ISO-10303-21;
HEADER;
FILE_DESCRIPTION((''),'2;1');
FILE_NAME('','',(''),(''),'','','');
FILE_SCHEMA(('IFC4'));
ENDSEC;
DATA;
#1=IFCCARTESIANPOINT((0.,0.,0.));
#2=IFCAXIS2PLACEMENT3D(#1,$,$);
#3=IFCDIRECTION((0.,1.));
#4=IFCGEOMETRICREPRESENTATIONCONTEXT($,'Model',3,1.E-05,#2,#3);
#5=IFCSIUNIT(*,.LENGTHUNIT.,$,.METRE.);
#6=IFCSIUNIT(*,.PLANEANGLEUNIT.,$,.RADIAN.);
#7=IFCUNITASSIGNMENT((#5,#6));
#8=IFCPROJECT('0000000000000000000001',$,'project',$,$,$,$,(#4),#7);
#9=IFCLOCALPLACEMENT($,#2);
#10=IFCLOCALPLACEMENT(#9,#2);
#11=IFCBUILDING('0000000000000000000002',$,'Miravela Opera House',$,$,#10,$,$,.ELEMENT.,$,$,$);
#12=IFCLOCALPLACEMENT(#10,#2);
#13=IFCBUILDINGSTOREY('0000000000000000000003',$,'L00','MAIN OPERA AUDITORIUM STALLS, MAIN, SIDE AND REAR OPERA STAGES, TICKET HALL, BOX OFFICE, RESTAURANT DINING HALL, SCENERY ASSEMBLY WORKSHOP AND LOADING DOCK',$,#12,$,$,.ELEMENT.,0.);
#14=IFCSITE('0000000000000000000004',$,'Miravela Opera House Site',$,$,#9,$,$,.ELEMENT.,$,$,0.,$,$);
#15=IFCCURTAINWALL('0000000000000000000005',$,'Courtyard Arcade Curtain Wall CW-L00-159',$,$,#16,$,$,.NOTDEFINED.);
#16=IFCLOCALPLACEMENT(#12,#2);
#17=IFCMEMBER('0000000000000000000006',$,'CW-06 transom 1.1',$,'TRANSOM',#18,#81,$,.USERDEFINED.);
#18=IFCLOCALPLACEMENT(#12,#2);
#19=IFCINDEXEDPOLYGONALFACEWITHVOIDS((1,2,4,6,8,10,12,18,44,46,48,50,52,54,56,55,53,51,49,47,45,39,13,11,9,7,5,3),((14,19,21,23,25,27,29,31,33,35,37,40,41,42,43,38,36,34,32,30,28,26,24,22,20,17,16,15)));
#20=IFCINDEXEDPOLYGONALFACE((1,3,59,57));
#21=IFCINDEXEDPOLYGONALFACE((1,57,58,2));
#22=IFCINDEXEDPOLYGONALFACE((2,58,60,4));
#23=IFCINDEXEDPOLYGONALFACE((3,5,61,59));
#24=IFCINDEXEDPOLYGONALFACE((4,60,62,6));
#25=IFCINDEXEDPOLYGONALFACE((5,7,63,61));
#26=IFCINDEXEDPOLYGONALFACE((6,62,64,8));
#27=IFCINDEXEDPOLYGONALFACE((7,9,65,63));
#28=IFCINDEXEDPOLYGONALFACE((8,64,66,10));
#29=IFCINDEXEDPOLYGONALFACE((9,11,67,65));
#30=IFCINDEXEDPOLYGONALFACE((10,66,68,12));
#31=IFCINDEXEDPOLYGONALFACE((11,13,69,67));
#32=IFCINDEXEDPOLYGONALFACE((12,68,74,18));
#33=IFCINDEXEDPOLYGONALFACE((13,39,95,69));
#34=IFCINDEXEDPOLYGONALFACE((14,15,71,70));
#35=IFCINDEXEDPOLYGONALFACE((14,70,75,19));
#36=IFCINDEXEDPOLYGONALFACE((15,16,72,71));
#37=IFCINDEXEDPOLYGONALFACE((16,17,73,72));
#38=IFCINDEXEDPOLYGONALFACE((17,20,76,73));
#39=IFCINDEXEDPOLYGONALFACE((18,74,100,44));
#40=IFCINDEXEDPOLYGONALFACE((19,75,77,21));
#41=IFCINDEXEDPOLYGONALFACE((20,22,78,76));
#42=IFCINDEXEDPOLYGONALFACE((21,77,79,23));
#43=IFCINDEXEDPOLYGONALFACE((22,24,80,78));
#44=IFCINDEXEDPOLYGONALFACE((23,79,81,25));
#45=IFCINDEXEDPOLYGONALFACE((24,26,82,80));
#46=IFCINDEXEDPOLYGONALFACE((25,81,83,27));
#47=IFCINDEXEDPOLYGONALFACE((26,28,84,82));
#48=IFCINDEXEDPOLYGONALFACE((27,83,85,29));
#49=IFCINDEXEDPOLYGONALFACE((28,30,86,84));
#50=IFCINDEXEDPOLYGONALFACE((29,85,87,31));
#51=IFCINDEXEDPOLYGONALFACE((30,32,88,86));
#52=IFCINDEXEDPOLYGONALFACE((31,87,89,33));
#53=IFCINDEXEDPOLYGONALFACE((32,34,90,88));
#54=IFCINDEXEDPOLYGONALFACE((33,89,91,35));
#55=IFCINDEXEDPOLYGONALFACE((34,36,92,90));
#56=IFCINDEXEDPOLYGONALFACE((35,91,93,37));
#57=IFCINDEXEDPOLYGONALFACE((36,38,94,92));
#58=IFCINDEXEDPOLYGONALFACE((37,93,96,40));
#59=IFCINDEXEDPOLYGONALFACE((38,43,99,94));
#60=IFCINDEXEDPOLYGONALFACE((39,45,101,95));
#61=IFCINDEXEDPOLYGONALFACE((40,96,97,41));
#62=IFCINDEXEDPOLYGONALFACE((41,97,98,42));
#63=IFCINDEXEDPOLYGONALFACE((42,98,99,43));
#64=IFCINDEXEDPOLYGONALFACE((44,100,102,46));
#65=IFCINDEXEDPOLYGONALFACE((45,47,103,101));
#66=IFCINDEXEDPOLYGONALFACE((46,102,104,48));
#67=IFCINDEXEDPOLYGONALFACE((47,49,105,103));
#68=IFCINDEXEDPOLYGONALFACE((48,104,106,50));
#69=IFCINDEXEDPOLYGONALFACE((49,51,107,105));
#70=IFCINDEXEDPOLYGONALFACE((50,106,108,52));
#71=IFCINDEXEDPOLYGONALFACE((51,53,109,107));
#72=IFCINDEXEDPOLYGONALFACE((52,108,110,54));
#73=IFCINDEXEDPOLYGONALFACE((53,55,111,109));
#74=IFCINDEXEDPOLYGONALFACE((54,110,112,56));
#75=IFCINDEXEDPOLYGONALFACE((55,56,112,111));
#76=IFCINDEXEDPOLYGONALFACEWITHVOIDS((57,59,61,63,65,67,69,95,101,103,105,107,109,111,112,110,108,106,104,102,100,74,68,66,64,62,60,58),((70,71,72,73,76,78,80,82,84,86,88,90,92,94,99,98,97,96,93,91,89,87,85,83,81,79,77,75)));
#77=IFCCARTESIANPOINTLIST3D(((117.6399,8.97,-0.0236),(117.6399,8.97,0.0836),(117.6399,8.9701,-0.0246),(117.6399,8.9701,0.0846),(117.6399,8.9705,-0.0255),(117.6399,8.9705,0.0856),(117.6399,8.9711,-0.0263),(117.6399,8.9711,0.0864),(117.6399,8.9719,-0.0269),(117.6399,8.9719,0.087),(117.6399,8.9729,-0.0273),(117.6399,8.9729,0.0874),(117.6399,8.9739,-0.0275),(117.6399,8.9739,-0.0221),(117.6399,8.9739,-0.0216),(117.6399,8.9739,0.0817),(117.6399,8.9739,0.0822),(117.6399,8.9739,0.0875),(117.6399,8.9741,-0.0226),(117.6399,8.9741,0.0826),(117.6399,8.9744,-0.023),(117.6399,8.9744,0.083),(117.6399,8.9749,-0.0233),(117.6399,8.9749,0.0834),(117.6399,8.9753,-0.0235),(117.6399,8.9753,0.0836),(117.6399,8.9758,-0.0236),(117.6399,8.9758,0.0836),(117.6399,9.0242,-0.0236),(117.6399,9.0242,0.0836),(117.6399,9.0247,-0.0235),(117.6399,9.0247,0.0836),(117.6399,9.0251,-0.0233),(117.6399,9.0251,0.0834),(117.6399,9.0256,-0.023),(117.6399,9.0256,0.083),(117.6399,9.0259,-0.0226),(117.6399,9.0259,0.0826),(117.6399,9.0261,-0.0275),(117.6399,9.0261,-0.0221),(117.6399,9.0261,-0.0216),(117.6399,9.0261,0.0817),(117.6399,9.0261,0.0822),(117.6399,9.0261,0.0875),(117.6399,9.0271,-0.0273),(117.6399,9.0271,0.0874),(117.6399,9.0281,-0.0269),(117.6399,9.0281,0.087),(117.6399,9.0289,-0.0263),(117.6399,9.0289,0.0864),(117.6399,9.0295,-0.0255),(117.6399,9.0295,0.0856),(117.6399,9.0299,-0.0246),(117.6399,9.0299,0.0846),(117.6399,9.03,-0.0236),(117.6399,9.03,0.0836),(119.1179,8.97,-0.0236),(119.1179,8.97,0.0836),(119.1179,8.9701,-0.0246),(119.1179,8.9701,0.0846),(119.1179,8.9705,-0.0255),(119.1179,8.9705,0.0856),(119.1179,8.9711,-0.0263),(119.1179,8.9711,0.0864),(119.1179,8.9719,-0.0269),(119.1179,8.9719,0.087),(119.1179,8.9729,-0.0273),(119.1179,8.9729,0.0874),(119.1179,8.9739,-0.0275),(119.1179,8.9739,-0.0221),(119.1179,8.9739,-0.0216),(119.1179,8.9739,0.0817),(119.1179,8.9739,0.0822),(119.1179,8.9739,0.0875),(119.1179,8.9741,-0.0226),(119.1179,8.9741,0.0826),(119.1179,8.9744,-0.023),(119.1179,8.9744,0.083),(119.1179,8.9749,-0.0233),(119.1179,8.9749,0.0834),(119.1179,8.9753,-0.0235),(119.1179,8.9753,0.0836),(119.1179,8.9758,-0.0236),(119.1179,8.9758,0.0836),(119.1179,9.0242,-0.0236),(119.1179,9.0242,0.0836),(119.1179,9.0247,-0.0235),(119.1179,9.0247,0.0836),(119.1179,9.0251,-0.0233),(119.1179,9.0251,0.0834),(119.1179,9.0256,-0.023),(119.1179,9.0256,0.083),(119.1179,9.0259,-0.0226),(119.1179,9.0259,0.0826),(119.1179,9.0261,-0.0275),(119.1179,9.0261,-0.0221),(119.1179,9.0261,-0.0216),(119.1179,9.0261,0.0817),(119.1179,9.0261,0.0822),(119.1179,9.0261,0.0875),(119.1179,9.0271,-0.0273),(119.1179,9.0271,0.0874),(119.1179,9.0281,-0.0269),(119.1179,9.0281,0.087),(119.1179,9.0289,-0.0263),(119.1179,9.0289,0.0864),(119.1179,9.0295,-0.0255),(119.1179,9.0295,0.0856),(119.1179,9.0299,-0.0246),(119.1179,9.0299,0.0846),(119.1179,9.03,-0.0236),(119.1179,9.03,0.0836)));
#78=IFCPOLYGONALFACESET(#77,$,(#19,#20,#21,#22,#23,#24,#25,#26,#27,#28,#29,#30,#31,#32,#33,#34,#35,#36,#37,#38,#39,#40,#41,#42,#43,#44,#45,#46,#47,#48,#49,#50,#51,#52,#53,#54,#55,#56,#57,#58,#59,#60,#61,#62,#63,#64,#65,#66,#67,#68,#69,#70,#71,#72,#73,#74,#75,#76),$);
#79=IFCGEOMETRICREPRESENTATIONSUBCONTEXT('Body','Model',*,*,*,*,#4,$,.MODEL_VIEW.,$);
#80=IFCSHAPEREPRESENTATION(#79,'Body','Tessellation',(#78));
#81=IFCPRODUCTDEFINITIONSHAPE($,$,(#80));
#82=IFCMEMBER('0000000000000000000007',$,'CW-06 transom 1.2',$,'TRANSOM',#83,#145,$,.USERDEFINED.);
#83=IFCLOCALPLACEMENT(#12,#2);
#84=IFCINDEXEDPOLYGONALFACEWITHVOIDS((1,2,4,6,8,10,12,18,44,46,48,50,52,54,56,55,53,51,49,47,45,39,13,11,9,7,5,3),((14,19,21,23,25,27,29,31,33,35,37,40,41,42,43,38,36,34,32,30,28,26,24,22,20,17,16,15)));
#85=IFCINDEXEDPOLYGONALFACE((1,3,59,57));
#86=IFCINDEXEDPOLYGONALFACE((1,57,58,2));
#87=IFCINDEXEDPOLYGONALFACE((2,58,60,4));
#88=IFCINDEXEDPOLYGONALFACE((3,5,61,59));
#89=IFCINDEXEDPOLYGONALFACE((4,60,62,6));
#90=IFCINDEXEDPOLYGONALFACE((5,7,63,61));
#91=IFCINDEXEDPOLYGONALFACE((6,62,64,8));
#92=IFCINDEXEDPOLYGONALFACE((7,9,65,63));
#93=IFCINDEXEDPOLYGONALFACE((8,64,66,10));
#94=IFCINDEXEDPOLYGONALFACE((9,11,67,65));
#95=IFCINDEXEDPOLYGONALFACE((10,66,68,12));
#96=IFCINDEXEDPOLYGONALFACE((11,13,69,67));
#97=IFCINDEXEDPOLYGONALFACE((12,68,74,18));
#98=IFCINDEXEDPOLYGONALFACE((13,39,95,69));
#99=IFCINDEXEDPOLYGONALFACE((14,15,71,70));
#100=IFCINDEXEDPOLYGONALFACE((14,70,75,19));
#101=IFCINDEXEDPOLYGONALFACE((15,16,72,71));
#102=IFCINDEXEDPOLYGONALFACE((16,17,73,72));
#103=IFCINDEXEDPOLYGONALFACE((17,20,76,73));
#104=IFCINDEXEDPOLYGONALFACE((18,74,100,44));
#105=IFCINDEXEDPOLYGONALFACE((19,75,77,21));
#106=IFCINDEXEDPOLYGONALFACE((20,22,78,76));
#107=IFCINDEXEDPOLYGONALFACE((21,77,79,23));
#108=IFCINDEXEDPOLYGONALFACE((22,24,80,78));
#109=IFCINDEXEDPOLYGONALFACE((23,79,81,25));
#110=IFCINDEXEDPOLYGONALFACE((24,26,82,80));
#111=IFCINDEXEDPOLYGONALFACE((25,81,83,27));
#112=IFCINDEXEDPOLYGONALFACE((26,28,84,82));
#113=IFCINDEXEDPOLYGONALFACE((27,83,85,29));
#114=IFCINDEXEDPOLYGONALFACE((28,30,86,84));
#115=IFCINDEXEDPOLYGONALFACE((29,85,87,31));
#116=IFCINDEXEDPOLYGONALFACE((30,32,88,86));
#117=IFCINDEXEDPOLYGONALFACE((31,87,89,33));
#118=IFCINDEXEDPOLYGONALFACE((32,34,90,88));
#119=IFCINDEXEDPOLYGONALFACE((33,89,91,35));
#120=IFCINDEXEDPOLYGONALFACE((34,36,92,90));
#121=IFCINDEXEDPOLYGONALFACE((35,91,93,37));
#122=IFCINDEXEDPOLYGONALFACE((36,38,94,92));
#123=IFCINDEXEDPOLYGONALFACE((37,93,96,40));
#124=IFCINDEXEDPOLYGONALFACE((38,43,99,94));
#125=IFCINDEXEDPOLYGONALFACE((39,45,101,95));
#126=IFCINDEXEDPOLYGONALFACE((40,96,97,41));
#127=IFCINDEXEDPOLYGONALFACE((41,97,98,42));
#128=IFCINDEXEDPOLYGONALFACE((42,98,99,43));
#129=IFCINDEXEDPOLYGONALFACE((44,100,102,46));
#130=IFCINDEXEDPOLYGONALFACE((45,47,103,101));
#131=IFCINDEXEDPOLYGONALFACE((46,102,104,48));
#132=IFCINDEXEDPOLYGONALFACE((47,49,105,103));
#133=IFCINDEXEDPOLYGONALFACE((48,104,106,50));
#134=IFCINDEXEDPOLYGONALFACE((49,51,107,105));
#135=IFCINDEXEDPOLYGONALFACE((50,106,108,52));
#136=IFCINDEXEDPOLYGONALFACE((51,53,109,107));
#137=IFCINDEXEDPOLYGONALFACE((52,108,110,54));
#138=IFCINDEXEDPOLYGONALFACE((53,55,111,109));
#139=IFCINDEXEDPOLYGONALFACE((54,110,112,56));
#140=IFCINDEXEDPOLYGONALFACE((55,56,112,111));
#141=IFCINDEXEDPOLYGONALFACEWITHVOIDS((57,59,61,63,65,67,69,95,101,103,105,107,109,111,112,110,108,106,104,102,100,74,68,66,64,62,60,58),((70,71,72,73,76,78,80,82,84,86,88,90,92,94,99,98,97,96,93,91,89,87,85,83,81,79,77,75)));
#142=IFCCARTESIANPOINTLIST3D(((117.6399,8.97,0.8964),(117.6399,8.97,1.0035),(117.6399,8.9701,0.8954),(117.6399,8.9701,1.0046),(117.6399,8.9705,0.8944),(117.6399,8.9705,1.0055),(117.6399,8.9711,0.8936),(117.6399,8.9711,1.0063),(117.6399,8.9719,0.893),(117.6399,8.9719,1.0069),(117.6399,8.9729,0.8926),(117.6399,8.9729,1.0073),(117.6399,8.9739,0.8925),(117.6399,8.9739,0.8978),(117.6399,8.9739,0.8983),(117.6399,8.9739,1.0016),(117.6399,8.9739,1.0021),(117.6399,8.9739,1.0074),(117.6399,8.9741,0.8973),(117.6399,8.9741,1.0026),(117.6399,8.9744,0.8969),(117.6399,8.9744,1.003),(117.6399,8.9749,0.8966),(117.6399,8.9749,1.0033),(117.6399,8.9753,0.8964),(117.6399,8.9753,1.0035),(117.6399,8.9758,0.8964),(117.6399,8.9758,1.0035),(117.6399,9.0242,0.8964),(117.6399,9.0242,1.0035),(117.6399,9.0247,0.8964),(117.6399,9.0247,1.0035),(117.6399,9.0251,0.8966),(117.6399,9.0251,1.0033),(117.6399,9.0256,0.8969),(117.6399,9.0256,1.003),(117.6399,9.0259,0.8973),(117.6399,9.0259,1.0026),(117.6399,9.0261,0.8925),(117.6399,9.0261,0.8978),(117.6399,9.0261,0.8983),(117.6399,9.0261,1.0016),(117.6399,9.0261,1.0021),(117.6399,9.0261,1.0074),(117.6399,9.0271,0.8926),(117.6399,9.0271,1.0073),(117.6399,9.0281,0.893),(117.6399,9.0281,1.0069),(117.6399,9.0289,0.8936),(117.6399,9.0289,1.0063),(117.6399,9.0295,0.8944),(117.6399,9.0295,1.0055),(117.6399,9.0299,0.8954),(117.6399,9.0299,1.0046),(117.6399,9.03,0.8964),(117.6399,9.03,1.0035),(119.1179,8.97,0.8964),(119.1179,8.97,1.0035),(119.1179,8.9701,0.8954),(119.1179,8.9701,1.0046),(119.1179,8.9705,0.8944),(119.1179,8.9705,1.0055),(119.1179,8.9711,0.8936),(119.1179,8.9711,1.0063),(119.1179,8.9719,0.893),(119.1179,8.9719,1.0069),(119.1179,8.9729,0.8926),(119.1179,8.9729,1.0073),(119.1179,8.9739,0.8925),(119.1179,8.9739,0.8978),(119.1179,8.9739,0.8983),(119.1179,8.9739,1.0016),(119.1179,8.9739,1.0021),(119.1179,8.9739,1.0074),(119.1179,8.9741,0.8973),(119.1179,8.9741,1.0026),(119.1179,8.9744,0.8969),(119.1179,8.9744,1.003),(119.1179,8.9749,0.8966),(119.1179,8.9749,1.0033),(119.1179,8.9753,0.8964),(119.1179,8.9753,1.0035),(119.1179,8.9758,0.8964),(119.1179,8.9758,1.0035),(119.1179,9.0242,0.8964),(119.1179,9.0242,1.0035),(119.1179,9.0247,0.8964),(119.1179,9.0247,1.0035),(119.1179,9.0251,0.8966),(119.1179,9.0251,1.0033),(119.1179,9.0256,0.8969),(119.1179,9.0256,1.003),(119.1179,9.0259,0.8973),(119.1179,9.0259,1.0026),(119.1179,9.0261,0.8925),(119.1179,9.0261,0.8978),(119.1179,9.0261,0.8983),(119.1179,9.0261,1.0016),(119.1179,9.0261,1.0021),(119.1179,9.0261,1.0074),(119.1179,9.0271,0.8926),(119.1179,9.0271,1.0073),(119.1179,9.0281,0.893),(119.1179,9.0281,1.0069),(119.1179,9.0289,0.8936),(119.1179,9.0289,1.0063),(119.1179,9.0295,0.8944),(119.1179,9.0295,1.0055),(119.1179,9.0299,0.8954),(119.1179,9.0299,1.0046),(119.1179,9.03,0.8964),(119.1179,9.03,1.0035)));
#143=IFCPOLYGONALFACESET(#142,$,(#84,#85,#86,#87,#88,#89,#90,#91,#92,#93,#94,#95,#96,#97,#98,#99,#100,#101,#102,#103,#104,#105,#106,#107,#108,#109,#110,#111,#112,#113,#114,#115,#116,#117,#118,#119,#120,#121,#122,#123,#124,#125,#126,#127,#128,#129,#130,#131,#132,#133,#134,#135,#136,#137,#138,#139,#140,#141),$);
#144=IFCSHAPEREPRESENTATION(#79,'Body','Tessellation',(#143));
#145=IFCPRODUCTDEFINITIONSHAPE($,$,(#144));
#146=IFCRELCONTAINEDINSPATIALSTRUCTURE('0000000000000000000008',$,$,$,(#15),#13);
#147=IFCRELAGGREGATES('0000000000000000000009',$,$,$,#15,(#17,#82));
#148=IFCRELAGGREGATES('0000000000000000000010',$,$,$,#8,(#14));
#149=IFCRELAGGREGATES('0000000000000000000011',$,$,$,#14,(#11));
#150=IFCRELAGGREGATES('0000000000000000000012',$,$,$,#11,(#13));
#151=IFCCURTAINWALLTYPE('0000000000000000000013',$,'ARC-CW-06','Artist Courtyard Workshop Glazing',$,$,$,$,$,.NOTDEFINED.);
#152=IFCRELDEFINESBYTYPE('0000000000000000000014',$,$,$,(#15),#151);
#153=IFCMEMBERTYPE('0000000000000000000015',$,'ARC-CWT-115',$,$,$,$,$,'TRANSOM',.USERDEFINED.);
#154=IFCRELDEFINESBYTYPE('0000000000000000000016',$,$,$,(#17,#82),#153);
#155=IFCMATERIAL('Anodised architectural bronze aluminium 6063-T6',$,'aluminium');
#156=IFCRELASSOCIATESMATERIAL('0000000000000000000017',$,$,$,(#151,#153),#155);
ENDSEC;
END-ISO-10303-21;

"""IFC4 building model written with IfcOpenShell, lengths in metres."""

from ifc_helpers import new_model, si_unit, direction, frame, origin, origin_2d, place, context, subcontext, project, spatial, hollow_rectangle, extrude, material, material_profile, profile_set, type_object, element, aggregate, save


model = new_model("IFC4")

# Units and contexts
model_context = context("Model", 3, precision=1e-05, world=origin(), true_north=direction((0.0, 1.0)))
body_context = subcontext(model_context, "Body", "Model", "MODEL_VIEW")
ifc_project = project(units=[si_unit("LENGTHUNIT", "METRE"), si_unit("PLANEANGLEUNIT", "RADIAN")], contexts=[model_context])

# Site, building, storey
site_placement = place(None, origin())
site = spatial("IfcSite", under=ifc_project, at=site_placement, Name="Miravela Opera House Site", CompositionType="ELEMENT", RefElevation=0.0)
building_placement = place(site_placement, origin())
building = spatial("IfcBuilding", under=site, at=building_placement, Name="Miravela Opera House", CompositionType="ELEMENT")
storey_placement = place(building_placement, origin())
storey = spatial("IfcBuildingStorey", under=building, at=storey_placement, Name="L00", Description="MAIN OPERA AUDITORIUM STALLS, MAIN, SIDE AND REAR OPERA STAGES, TICKET HALL, BOX OFFICE, RESTAURANT DINING HALL, SCENERY ASSEMBLY WORKSHOP AND LOADING DOCK", CompositionType="ELEMENT", Elevation=0.0)

# Curtain wall, members
ifc_material_1 = material(Name="Anodised architectural bronze aluminium 6063-T6", Category="aluminium")
curtain_wall_type = type_object("IfcCurtainWallType", Name="ARC-CW-06", Description="Artist Courtyard Workshop Glazing", PredefinedType="NOTDEFINED", material=ifc_material_1)
curtain_wall_placement = place(storey_placement, origin())
curtain_wall = element("IfcCurtainWall", 1, at=curtain_wall_placement, inside=storey, type_object=curtain_wall_type, Name="Courtyard Arcade Curtain Wall CW-L00-159", PredefinedType="NOTDEFINED")
ifc_material_profile_1 = material_profile(ifc_material_1, hollow_rectangle(XDim=0.0601, YDim=0.115, WallThickness=0.0039, InnerFilletRadius=0.002, OuterFilletRadius=0.0039, at=origin_2d()), Name="CWT-60X115")
ifc_profile_set_1 = profile_set([ifc_material_profile_1])
member_type_1 = type_object("IfcMemberType", Name="ARC-CWT-115", ElementType="TRANSOM", PredefinedType="USERDEFINED", material=ifc_profile_set_1)
member_1_placement = place(storey_placement, frame((117.6399, 9.0, 0.03), z_axis=(1.0, 0.0, 0.0), x_axis=(0.0, 1.0, 0.0)))
member_1 = element("IfcMember", 2, at=member_1_placement, type_object=member_type_1, Name="CW-06 transom 1.1", ObjectType="TRANSOM", PredefinedType="USERDEFINED", context=body_context, shape_type="SweptSolid", body=[
    extrude(hollow_rectangle(XDim=0.0601, YDim=0.115, WallThickness=0.0039, InnerFilletRadius=0.002, OuterFilletRadius=0.0039, at=origin_2d()), origin(), (0.0, 0.0, 1.0), 1.478),
])
member_2_placement = place(storey_placement, frame((117.6399, 9.0, 0.95), z_axis=(1.0, 0.0, 0.0), x_axis=(0.0, 1.0, 0.0)))
member_2 = element("IfcMember", 3, at=member_2_placement, type_object=member_type_1, Name="CW-06 transom 1.2", ObjectType="TRANSOM", PredefinedType="USERDEFINED", context=body_context, shape_type="SweptSolid", body=[
    extrude(hollow_rectangle(XDim=0.0601, YDim=0.115, WallThickness=0.0039, InnerFilletRadius=0.002, OuterFilletRadius=0.0039, at=origin_2d()), origin(), (0.0, 0.0, 1.0), 1.478),
])

aggregate(curtain_wall, [member_1, member_2])

save(model, "model.ifc")
